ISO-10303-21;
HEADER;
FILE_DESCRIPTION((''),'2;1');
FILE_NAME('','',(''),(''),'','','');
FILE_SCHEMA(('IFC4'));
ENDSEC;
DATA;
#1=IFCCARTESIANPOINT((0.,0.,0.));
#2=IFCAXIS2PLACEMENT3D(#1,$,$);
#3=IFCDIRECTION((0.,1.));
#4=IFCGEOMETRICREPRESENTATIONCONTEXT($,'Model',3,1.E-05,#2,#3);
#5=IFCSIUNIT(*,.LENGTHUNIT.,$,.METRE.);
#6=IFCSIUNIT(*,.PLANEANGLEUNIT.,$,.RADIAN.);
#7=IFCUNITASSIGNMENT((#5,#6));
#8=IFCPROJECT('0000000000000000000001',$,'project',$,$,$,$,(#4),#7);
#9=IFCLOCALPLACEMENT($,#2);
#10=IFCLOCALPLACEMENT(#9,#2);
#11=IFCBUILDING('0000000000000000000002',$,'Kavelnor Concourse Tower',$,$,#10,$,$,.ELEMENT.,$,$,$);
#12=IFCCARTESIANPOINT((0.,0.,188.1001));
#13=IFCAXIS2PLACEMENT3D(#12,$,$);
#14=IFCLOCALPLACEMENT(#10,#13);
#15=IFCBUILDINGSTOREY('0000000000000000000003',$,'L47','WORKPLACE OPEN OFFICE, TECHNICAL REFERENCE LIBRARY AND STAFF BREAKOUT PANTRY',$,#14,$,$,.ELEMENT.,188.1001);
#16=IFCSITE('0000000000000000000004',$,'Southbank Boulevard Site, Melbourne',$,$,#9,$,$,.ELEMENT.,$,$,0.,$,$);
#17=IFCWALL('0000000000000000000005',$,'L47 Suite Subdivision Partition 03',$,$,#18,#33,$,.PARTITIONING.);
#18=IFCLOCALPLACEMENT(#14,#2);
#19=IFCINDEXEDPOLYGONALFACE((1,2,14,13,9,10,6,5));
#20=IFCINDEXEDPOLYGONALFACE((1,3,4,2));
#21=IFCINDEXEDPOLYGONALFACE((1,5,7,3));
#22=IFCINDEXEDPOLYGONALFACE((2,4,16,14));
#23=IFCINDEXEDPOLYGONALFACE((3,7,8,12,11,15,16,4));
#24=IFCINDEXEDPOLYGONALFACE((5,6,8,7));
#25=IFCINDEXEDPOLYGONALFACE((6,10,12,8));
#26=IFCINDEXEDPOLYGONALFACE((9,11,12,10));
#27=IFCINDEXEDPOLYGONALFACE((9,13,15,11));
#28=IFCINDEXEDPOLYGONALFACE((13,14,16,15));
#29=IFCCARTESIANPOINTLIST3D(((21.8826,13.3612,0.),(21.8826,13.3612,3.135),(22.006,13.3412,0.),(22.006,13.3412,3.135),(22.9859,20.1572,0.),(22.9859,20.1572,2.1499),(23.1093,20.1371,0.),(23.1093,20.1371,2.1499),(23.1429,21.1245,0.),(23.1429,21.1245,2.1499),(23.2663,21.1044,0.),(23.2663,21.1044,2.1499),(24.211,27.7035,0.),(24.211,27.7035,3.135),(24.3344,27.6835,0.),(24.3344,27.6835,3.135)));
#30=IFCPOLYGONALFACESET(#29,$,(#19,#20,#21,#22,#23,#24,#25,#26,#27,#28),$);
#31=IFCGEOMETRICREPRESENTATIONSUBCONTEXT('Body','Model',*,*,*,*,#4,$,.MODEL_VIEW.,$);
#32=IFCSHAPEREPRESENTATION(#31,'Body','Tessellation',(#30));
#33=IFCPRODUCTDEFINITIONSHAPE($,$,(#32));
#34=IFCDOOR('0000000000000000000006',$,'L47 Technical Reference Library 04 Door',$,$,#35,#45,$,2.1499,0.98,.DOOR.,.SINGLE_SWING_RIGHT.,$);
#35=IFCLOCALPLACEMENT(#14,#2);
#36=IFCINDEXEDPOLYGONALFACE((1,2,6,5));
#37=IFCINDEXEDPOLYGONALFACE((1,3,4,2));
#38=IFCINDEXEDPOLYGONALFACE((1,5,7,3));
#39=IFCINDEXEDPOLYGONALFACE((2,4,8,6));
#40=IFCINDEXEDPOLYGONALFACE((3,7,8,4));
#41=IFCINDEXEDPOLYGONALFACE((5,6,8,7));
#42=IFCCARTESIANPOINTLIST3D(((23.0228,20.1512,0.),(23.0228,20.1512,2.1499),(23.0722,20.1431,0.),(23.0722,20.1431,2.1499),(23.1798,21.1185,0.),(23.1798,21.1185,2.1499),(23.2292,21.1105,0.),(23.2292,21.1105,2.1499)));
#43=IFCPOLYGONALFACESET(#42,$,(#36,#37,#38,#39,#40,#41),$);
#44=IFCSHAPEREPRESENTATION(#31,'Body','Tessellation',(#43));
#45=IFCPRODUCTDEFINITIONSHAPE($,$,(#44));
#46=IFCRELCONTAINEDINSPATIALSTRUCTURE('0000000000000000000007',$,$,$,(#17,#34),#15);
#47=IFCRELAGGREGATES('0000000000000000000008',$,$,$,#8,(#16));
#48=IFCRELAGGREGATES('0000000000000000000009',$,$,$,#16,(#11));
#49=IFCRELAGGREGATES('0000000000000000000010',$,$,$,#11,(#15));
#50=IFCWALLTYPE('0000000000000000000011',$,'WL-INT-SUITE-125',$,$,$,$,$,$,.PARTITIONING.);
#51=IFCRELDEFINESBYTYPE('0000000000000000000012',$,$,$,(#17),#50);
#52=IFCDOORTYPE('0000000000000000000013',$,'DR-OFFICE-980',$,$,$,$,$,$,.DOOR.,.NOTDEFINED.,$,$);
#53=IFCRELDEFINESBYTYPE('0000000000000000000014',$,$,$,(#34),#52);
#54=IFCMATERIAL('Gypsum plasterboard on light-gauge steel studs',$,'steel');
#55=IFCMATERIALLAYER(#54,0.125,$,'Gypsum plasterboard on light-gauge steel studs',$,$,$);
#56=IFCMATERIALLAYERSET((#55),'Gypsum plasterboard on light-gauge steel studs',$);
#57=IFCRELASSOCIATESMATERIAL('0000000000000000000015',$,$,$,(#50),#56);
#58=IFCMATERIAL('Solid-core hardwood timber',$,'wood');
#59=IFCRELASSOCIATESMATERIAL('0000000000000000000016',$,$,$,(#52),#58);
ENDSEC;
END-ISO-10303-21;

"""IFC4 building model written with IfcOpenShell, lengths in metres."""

from ifc_helpers import new_model, si_unit, direction, frame, frame_2d, origin, place, context, subcontext, project, spatial, rectangle, extrude, material, layer, layer_set, type_object, element, fill, save


model = new_model("IFC4")

# Units and contexts
model_context = context("Model", 3, precision=1e-05, world=origin(), true_north=direction((0.0, 1.0)))
body_context = subcontext(model_context, "Body", "Model", "MODEL_VIEW")
ifc_project = project(units=[si_unit("LENGTHUNIT", "METRE"), si_unit("PLANEANGLEUNIT", "RADIAN")], contexts=[model_context])

# Site, building, storey
site_placement = place(None, origin())
site = spatial("IfcSite", under=ifc_project, at=site_placement, Name="Southbank Boulevard Site, Melbourne", CompositionType="ELEMENT", RefElevation=0.0)
building_placement = place(site_placement, origin())
building = spatial("IfcBuilding", under=site, at=building_placement, Name="Kavelnor Concourse Tower", CompositionType="ELEMENT")
storey_placement = place(building_placement, frame((0.0, 0.0, 188.1001)))
storey = spatial("IfcBuildingStorey", under=building, at=storey_placement, Name="L47", Description="WORKPLACE OPEN OFFICE, TECHNICAL REFERENCE LIBRARY AND STAFF BREAKOUT PANTRY", CompositionType="ELEMENT", Elevation=188.1001)

# Shared definitions
ifc_material_1 = material(Name="Gypsum plasterboard on light-gauge steel studs", Category="steel")

# Wall, opening, door
ifc_layer_1 = layer(ifc_material_1, 0.125, Name="Gypsum plasterboard on light-gauge steel studs")
ifc_layer_set_1 = layer_set([ifc_layer_1], Name="Gypsum plasterboard on light-gauge steel studs")
wall_type_1 = type_object("IfcWallType", Name="WL-INT-SUITE-125", PredefinedType="PARTITIONING", material=ifc_layer_set_1)
wall_1_placement = place(storey_placement, frame((24.2727, 27.6936, 0.0), z_axis=(0.0, 0.0, 1.0), x_axis=(-0.160245, -0.987077, 0.0)))
wall_1 = element("IfcWall", 1, at=wall_1_placement, inside=storey, type_object=wall_type_1, Name="L47 Suite Subdivision Partition 03", PredefinedType="PARTITIONING", context=body_context, shape_type="SweptSolid", body=[
    extrude(rectangle(XDim=14.53, YDim=0.125, at=frame_2d((7.2651, 0.0))), origin(), (0.0, 0.0, 1.0), 3.135),
])
opening_1_placement = place(wall_1_placement, frame((6.6653, 0.0, 0.0)))
opening_1 = element("IfcOpeningElement", 2, at=opening_1_placement, cuts=wall_1, PredefinedType="OPENING", context=body_context, shape_type="SweptSolid", body=[
    extrude(rectangle(XDim=0.98, YDim=2.1499, at=frame_2d((0.49, 1.075))), frame((0.0, 0.0725, 0.0), z_axis=(0.0, -1.0, 0.0), x_axis=(1.0, 0.0, 0.0)), (0.0, 0.0, 1.0), 0.145),
])
ifc_material_2 = material(Name="Solid-core hardwood timber", Category="wood")
door_type = type_object("IfcDoorType", Name="DR-OFFICE-980", OperationType="NOTDEFINED", PredefinedType="DOOR", material=ifc_material_2)
door_placement = place(opening_1_placement, origin())
door = element("IfcDoor", 3, at=door_placement, inside=storey, type_object=door_type, Name="L47 Technical Reference Library 04 Door", OperationType="SINGLE_SWING_RIGHT", OverallHeight=2.1499, OverallWidth=0.98, PredefinedType="DOOR", context=body_context, shape_type="SweptSolid", body=[
    extrude(rectangle(XDim=0.98, YDim=2.1499, at=frame_2d((0.49, 1.075))), frame((0.0, 0.0249, 0.0), z_axis=(0.0, -1.0, 0.0), x_axis=(1.0, 0.0, 0.0)), (0.0, 0.0, 1.0), 0.05),
])
fill(opening_1, door)

save(model, "model.ifc")
